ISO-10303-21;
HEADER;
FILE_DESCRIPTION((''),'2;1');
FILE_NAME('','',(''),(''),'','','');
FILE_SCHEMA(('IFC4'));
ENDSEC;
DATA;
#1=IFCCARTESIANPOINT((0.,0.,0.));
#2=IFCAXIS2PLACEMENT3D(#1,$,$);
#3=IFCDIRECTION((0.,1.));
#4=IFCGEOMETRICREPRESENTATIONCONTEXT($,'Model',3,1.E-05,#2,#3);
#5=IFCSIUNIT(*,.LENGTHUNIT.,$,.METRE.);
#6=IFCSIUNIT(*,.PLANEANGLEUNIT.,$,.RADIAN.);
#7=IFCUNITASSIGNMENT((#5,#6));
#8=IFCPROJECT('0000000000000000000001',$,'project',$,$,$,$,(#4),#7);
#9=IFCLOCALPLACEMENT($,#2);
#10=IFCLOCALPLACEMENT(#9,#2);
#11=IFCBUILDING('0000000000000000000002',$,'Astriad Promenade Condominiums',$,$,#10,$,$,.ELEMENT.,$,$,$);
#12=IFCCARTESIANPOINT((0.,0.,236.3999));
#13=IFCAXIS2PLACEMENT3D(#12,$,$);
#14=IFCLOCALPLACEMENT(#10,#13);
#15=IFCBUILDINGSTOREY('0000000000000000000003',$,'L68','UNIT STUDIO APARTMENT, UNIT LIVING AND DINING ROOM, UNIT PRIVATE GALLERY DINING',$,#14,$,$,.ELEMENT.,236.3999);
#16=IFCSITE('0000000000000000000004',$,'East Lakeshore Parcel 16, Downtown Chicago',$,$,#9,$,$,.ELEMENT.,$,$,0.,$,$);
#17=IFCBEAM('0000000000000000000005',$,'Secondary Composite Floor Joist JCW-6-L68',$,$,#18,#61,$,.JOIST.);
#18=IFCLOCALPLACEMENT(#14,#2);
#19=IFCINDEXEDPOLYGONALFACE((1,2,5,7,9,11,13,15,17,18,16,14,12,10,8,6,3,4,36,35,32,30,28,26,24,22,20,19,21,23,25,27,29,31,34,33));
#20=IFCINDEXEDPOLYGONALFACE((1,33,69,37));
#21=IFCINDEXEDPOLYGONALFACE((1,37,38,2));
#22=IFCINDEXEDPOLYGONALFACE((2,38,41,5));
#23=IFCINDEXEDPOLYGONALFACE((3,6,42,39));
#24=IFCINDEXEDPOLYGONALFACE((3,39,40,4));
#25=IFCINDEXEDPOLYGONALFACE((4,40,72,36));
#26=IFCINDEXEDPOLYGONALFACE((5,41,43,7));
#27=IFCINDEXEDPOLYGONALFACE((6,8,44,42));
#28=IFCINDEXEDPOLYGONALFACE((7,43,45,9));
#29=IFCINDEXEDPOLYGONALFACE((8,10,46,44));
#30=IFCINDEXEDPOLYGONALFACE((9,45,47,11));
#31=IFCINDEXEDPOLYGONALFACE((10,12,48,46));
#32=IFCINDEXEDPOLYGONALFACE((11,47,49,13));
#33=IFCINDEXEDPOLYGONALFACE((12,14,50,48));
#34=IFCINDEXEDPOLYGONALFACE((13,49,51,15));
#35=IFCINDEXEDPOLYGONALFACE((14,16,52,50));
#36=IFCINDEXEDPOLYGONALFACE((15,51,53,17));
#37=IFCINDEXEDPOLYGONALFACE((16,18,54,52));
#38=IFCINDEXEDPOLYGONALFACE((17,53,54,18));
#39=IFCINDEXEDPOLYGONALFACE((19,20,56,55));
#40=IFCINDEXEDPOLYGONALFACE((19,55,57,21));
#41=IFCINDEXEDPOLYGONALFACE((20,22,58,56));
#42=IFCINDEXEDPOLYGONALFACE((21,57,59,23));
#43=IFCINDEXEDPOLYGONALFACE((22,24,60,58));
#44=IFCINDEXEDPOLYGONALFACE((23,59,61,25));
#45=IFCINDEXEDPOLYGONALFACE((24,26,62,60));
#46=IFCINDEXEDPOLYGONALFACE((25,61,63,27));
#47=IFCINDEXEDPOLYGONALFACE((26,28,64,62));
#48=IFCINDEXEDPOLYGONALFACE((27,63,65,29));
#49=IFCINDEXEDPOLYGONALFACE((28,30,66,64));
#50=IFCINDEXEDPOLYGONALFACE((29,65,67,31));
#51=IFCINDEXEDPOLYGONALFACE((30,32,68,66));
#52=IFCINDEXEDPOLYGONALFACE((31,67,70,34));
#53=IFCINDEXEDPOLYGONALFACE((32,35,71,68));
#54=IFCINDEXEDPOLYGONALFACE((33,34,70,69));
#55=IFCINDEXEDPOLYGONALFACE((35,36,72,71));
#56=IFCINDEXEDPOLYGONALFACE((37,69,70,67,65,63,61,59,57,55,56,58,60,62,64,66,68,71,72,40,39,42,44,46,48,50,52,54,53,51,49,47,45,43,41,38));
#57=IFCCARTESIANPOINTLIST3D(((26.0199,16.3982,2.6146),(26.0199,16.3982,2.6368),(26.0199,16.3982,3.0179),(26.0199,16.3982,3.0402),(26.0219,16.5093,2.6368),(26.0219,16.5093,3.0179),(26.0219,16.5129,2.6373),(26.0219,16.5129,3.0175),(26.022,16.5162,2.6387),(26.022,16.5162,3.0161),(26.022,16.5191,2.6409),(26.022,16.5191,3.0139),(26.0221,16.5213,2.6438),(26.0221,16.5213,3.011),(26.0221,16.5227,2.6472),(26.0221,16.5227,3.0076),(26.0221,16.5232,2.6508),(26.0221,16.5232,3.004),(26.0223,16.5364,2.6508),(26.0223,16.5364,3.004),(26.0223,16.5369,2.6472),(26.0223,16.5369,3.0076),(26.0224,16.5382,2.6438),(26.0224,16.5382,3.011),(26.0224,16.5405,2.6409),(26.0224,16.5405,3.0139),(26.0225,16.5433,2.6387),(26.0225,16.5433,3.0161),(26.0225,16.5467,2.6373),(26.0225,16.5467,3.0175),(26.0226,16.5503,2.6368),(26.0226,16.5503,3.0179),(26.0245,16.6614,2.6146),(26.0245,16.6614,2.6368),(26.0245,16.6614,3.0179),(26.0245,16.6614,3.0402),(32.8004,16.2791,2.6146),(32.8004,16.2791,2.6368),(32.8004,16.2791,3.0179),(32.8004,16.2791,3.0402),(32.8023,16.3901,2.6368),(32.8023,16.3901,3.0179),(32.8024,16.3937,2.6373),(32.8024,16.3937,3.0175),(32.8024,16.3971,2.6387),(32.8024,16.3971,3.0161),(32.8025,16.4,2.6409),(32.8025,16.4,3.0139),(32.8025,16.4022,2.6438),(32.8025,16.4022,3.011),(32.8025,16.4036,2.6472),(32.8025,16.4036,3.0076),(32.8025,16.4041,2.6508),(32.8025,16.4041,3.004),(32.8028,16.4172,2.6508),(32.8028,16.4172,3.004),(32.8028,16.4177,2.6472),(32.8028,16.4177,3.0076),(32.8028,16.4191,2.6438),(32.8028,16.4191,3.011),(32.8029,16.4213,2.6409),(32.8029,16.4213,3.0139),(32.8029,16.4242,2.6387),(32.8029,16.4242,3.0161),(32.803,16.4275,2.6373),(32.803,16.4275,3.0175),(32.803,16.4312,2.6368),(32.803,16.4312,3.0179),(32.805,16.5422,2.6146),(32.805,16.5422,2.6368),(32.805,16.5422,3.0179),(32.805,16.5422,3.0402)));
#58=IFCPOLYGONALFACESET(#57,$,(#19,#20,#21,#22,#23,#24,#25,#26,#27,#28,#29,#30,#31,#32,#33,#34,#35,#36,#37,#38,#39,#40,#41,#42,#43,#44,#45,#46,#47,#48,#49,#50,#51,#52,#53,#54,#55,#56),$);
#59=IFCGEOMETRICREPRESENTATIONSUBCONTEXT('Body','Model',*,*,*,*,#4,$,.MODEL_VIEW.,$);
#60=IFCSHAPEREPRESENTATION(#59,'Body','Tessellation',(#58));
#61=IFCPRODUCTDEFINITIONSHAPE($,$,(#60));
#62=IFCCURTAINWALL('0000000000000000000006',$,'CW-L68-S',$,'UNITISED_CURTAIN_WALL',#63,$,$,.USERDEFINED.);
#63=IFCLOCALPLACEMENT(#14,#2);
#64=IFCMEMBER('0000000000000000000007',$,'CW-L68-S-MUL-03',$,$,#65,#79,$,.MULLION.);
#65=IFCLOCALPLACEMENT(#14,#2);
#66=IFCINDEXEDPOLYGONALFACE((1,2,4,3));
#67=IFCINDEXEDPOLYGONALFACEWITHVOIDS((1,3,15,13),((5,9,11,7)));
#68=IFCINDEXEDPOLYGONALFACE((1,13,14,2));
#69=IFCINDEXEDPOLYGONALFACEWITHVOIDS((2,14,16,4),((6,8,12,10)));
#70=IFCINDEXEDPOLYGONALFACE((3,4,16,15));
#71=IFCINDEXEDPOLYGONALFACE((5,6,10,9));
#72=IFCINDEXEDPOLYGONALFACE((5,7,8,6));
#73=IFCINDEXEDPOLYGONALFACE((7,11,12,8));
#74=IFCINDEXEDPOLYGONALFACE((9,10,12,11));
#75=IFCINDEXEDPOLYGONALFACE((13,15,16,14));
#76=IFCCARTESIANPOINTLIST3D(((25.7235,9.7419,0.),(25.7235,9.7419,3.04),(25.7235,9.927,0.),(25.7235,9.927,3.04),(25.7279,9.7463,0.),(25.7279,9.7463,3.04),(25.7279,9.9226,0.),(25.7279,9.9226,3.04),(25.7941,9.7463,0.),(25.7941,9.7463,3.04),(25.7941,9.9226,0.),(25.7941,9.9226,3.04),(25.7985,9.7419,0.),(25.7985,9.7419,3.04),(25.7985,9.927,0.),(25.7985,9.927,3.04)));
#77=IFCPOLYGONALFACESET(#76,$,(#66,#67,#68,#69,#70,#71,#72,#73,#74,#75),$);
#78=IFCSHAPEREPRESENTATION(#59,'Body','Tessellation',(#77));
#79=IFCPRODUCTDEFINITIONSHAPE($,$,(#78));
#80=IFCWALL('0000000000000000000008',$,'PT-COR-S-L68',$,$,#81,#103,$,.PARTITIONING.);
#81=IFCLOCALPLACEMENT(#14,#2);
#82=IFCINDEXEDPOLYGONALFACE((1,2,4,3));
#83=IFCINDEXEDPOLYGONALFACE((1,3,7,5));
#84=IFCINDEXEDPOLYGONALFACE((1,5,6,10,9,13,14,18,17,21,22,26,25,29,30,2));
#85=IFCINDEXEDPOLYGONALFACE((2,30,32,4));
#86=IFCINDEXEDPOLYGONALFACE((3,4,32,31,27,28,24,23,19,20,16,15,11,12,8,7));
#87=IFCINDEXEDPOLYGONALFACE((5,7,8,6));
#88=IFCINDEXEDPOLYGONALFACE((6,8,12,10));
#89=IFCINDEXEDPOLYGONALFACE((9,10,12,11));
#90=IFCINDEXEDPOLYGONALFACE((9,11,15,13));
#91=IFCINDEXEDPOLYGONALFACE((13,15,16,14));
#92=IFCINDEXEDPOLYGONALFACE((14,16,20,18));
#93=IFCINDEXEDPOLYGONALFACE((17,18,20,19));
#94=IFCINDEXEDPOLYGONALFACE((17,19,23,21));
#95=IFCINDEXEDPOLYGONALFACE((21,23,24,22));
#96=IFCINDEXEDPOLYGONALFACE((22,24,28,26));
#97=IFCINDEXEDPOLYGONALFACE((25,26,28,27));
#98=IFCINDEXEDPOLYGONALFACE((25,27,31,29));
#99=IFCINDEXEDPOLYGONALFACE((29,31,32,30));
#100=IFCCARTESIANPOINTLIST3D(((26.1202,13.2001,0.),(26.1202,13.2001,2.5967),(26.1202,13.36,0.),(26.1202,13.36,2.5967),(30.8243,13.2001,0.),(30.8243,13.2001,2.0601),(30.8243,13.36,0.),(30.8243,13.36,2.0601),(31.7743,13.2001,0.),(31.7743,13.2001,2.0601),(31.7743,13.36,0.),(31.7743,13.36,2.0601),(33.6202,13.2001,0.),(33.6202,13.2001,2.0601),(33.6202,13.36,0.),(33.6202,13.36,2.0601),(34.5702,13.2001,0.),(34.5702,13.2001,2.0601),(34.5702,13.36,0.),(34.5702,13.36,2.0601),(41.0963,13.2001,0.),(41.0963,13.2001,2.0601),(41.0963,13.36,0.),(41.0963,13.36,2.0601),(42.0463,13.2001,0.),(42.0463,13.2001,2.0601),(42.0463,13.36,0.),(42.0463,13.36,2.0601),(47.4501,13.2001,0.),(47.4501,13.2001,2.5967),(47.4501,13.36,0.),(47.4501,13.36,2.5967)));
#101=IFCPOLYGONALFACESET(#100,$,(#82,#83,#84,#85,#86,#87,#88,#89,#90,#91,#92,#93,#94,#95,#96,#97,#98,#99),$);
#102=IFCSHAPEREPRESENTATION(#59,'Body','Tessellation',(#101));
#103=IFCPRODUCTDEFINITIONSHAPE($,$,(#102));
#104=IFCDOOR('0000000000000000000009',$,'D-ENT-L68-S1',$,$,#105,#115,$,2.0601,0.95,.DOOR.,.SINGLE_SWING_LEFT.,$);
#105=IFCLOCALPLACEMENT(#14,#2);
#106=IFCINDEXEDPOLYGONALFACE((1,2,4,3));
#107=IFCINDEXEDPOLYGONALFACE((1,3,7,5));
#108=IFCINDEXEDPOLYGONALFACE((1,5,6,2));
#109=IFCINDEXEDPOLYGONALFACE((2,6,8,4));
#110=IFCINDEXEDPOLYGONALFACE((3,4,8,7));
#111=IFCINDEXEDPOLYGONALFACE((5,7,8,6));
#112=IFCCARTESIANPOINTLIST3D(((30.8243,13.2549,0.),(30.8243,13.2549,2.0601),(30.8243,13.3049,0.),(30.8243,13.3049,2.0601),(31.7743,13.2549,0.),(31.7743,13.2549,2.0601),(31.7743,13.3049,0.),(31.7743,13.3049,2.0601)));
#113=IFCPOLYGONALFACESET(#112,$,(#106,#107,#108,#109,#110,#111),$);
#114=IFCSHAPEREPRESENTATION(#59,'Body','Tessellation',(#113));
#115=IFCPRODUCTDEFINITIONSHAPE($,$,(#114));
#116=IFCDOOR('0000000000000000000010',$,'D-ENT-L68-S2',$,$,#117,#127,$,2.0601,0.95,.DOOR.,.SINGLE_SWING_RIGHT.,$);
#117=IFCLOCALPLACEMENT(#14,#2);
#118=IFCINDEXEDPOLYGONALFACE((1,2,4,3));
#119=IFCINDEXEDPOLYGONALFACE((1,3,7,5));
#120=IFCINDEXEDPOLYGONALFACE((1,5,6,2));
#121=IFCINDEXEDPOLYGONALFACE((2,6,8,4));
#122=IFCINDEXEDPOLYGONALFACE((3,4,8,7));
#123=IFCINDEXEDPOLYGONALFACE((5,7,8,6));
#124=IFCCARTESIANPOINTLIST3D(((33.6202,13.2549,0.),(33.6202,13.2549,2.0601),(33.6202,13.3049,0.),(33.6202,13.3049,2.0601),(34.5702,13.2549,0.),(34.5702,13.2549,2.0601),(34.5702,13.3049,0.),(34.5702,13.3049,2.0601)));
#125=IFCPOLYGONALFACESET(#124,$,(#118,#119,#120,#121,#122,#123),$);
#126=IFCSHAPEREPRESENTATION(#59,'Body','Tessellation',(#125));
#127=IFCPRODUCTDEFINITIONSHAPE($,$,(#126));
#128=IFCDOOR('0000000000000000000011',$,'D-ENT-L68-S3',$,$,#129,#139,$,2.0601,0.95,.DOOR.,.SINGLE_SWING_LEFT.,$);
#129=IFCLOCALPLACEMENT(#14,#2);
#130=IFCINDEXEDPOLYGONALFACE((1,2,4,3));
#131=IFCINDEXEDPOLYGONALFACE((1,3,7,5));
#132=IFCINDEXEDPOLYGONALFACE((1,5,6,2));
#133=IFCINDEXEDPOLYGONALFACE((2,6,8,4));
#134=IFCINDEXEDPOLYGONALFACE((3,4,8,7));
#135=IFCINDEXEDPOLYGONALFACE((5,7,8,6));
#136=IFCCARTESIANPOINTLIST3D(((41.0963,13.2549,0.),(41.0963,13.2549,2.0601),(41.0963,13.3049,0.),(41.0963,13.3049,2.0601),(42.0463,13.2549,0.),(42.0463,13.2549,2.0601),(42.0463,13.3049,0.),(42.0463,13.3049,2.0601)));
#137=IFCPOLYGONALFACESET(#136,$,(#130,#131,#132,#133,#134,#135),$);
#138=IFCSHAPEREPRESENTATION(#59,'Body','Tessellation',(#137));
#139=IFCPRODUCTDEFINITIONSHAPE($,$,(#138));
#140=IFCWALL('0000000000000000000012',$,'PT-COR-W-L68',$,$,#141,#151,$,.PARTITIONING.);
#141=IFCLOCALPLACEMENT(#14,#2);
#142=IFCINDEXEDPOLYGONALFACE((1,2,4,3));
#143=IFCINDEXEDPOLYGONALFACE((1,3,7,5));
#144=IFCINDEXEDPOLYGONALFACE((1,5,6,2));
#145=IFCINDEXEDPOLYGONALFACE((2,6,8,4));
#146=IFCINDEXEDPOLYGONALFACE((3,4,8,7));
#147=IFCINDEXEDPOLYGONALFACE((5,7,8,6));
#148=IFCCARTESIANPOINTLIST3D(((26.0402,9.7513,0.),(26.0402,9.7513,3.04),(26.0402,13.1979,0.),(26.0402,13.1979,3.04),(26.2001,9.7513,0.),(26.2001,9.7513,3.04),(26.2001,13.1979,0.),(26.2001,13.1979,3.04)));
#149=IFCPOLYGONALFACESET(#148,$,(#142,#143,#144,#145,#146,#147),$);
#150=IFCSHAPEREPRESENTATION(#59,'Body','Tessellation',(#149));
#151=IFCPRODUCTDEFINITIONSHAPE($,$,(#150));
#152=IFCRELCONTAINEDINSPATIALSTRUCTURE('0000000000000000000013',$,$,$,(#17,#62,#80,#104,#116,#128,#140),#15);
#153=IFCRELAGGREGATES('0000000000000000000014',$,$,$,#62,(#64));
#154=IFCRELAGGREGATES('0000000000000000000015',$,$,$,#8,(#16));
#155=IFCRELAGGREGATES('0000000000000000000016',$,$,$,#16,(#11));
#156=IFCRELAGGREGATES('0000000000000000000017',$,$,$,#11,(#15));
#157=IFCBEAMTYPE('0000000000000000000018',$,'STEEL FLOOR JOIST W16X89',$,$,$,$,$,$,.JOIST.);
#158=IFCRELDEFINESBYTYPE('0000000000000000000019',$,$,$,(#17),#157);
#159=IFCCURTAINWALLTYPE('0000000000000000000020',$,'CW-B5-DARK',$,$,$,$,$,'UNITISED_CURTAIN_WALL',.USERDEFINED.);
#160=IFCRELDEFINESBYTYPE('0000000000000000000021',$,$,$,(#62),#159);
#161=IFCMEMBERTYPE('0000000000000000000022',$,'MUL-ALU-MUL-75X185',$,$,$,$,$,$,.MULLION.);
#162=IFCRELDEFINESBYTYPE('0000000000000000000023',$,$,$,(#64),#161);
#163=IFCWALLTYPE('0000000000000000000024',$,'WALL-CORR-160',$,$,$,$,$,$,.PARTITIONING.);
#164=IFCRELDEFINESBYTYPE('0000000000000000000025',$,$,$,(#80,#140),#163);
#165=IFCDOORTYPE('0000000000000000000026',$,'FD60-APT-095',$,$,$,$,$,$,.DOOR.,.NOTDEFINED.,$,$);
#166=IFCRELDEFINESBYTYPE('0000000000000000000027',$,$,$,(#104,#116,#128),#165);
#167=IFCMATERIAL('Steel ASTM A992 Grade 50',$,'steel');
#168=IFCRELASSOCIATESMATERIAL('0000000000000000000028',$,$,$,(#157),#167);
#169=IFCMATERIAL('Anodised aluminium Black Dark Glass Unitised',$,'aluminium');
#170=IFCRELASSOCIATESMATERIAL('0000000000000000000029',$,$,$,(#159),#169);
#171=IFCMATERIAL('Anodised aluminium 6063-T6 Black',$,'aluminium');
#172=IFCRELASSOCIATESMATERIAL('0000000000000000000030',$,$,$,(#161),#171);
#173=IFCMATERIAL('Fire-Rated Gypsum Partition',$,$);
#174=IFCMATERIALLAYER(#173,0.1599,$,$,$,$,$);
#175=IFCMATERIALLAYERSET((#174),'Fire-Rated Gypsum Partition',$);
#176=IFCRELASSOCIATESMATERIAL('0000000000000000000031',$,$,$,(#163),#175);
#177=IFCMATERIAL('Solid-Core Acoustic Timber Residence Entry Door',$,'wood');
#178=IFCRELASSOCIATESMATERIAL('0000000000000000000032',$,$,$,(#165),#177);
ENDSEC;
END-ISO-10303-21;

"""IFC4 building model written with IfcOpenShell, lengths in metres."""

from ifc_helpers import new_model, si_unit, direction, frame, frame_2d, origin, origin_2d, place, context, subcontext, project, spatial, rectangle, hollow_rectangle, i_section, extrude, source, transform, mapped, material, layer, layer_set, material_profile, profile_set, type_object, type_shapes, element, fill, aggregate, save


model = new_model("IFC4")

# Units and contexts
model_context = context("Model", 3, precision=1e-05, world=origin(), true_north=direction((0.0, 1.0)))
body_context = subcontext(model_context, "Body", "Model", "MODEL_VIEW")
ifc_project = project(units=[si_unit("LENGTHUNIT", "METRE"), si_unit("PLANEANGLEUNIT", "RADIAN")], contexts=[model_context])

# Site, building, storey
site_placement = place(None, origin())
site = spatial("IfcSite", under=ifc_project, at=site_placement, Name="East Lakeshore Parcel 16, Downtown Chicago", CompositionType="ELEMENT", RefElevation=0.0)
building_placement = place(site_placement, origin())
building = spatial("IfcBuilding", under=site, at=building_placement, Name="Astriad Promenade Condominiums", CompositionType="ELEMENT")
storey_placement = place(building_placement, frame((0.0, 0.0, 236.3999)))
storey = spatial("IfcBuildingStorey", under=building, at=storey_placement, Name="L68", Description="UNIT STUDIO APARTMENT, UNIT LIVING AND DINING ROOM, UNIT PRIVATE GALLERY DINING", CompositionType="ELEMENT", Elevation=236.3999)

# Beam
ifc_material_1 = material(Name="Steel ASTM A992 Grade 50", Category="steel")
ifc_material_profile_1 = material_profile(ifc_material_1, i_section(OverallWidth=0.2632, OverallDepth=0.4255, WebThickness=0.0132, FlangeThickness=0.0222, FilletRadius=0.0139, at=origin_2d()), Name="W16X89")
ifc_profile_set_1 = profile_set([ifc_material_profile_1], Name="Steel ASTM A992 Grade 50")
beam_type_1 = type_object("IfcBeamType", Name="STEEL FLOOR JOIST W16X89", PredefinedType="JOIST", material=ifc_profile_set_1)
shared_shape_1 = source(origin(), body_context, "Body", "SweptSolid", [
    extrude(i_section(OverallWidth=0.2632, OverallDepth=0.4255, WebThickness=0.0132, FlangeThickness=0.0222, FilletRadius=0.0139, at=origin_2d()), origin(), (0.0, 0.0, 1.0), 6.7815),
])
beam_1_placement = place(storey_placement, frame((26.0222, 16.5298, 2.8274), z_axis=(0.999846, -0.017568, 0.0), x_axis=(0.017568, 0.999846, 0.0)))
element("IfcBeam", 1, at=beam_1_placement, inside=storey, type_object=beam_type_1, Name="Secondary Composite Floor Joist JCW-6-L68", PredefinedType="JOIST", context=body_context, shape_type="MappedRepresentation", body=[
    mapped(shared_shape_1, transform((0.0, 0.0, 0.0), scale=1.0)),
])

# Curtain wall, member
ifc_material_2 = material(Name="Anodised aluminium Black Dark Glass Unitised", Category="aluminium")
curtain_wall_type = type_object("IfcCurtainWallType", Name="CW-B5-DARK", ElementType="UNITISED_CURTAIN_WALL", PredefinedType="USERDEFINED", material=ifc_material_2)
curtain_wall_placement = place(storey_placement, origin())
curtain_wall = element("IfcCurtainWall", 2, at=curtain_wall_placement, inside=storey, type_object=curtain_wall_type, Name="CW-L68-S", ObjectType="UNITISED_CURTAIN_WALL", PredefinedType="USERDEFINED")
ifc_material_3 = material(Name="Anodised aluminium 6063-T6 Black", Category="aluminium")
ifc_material_profile_2 = material_profile(ifc_material_3, hollow_rectangle(XDim=0.075, YDim=0.1851, WallThickness=0.0044, at=origin_2d()), Name="ALU-MUL-75X185")
ifc_profile_set_2 = profile_set([ifc_material_profile_2], Name="Anodised aluminium 6063-T6 Black")
member_type = type_object("IfcMemberType", Name="MUL-ALU-MUL-75X185", PredefinedType="MULLION", material=ifc_profile_set_2)
shared_shape_2 = source(origin(), body_context, "Body", "SweptSolid", [
    extrude(hollow_rectangle(XDim=0.075, YDim=0.1851, WallThickness=0.0044, at=origin_2d()), origin(), (0.0, 0.0, 1.0), 3.04),
])
type_shapes(member_type, [shared_shape_2])
member_placement = place(storey_placement, frame((25.761, 9.8345, 0.0), z_axis=(0.0, 0.0, 1.0), x_axis=(1.0, 0.0, 0.0)))
member = element("IfcMember", 3, at=member_placement, type_object=member_type, Name="CW-L68-S-MUL-03", PredefinedType="MULLION", context=body_context, shape_type="MappedRepresentation", body=[
    mapped(shared_shape_2, transform((0.0, 0.0, 0.0), scale=1.0)),
])
aggregate(curtain_wall, [member])

# Wall, openings, doors
ifc_material_4 = material(Name="Fire-Rated Gypsum Partition")
ifc_layer_1 = layer(ifc_material_4, 0.1599)
ifc_layer_set_1 = layer_set([ifc_layer_1], Name="Fire-Rated Gypsum Partition")
wall_type_1 = type_object("IfcWallType", Name="WALL-CORR-160", PredefinedType="PARTITIONING", material=ifc_layer_set_1)
wall_1_placement = place(storey_placement, frame((26.1201, 13.28, 0.0), z_axis=(0.0, 0.0, 1.0), x_axis=(1.0, 0.0, 0.0)))
wall_1 = element("IfcWall", 4, at=wall_1_placement, inside=storey, type_object=wall_type_1, Name="PT-COR-S-L68", PredefinedType="PARTITIONING", context=body_context, shape_type="SweptSolid", body=[
    extrude(rectangle(XDim=21.3298, YDim=0.1599, at=frame_2d((10.665, 0.0))), origin(), (0.0, 0.0, 1.0), 2.5967),
])
opening_1_placement = place(wall_1_placement, frame((4.7041, 0.0, 0.0)))
opening_1 = element("IfcOpeningElement", 5, at=opening_1_placement, cuts=wall_1, PredefinedType="OPENING", context=body_context, shape_type="SweptSolid", body=[
    extrude(rectangle(XDim=0.95, YDim=2.0601, at=frame_2d((0.4751, 1.03))), frame((0.0, 0.0898, 0.0), z_axis=(0.0, -1.0, 0.0), x_axis=(1.0, 0.0, 0.0)), (0.0, 0.0, 1.0), 0.1799),
])
opening_2_placement = place(wall_1_placement, frame((7.5, 0.0, 0.0)))
opening_2 = element("IfcOpeningElement", 6, at=opening_2_placement, cuts=wall_1, PredefinedType="OPENING", context=body_context, shape_type="SweptSolid", body=[
    extrude(rectangle(XDim=0.95, YDim=2.0601, at=frame_2d((0.4751, 1.03))), frame((0.0, 0.0898, 0.0), z_axis=(0.0, -1.0, 0.0), x_axis=(1.0, 0.0, 0.0)), (0.0, 0.0, 1.0), 0.1799),
])
opening_3_placement = place(wall_1_placement, frame((14.9761, 0.0, 0.0)))
opening_3 = element("IfcOpeningElement", 7, at=opening_3_placement, cuts=wall_1, PredefinedType="OPENING", context=body_context, shape_type="SweptSolid", body=[
    extrude(rectangle(XDim=0.95, YDim=2.0601, at=frame_2d((0.4751, 1.03))), frame((0.0, 0.0898, 0.0), z_axis=(0.0, -1.0, 0.0), x_axis=(1.0, 0.0, 0.0)), (0.0, 0.0, 1.0), 0.1799),
])
ifc_material_5 = material(Name="Solid-Core Acoustic Timber Residence Entry Door", Category="wood")
door_type_1 = type_object("IfcDoorType", Name="FD60-APT-095", OperationType="NOTDEFINED", PredefinedType="DOOR", material=ifc_material_5)
shared_shape_3 = source(origin(), body_context, "Body", "SweptSolid", [
    extrude(rectangle(XDim=0.95, YDim=2.0601, at=frame_2d((0.4751, 1.03))), frame((0.0, 0.0249, 0.0), z_axis=(0.0, -1.0, 0.0), x_axis=(1.0, 0.0, 0.0)), (0.0, 0.0, 1.0), 0.05),
])
type_shapes(door_type_1, [shared_shape_3])
door_1_placement = place(opening_1_placement, origin())
door_1 = element("IfcDoor", 8, at=door_1_placement, inside=storey, type_object=door_type_1, Name="D-ENT-L68-S1", OperationType="SINGLE_SWING_LEFT", OverallHeight=2.0601, OverallWidth=0.95, PredefinedType="DOOR", context=body_context, shape_type="MappedRepresentation", body=[
    mapped(shared_shape_3, transform((0.0, 0.0, 0.0), scale=1.0)),
])
fill(opening_1, door_1)
door_2_placement = place(opening_2_placement, origin())
door_2 = element("IfcDoor", 9, at=door_2_placement, inside=storey, type_object=door_type_1, Name="D-ENT-L68-S2", OperationType="SINGLE_SWING_RIGHT", OverallHeight=2.0601, OverallWidth=0.95, PredefinedType="DOOR", context=body_context, shape_type="MappedRepresentation", body=[
    mapped(shared_shape_3, transform((0.0, 0.0, 0.0), scale=1.0)),
])
fill(opening_2, door_2)
door_3_placement = place(opening_3_placement, origin())
door_3 = element("IfcDoor", 10, at=door_3_placement, inside=storey, type_object=door_type_1, Name="D-ENT-L68-S3", OperationType="SINGLE_SWING_LEFT", OverallHeight=2.0601, OverallWidth=0.95, PredefinedType="DOOR", context=body_context, shape_type="MappedRepresentation", body=[
    mapped(shared_shape_3, transform((0.0, 0.0, 0.0), scale=1.0)),
])
fill(opening_3, door_3)

# Wall
wall_2_placement = place(storey_placement, frame((26.1201, 9.7515, 0.0), z_axis=(0.0, 0.0, 1.0), x_axis=(0.0, 1.0, 0.0)))
element("IfcWall", 11, at=wall_2_placement, inside=storey, type_object=wall_type_1, Name="PT-COR-W-L68", PredefinedType="PARTITIONING", context=body_context, shape_type="SweptSolid", body=[
    extrude(rectangle(XDim=3.4465, YDim=0.1599, at=frame_2d((1.7231, 0.0))), origin(), (0.0, 0.0, 1.0), 3.04),
])

save(model, "model.ifc")
